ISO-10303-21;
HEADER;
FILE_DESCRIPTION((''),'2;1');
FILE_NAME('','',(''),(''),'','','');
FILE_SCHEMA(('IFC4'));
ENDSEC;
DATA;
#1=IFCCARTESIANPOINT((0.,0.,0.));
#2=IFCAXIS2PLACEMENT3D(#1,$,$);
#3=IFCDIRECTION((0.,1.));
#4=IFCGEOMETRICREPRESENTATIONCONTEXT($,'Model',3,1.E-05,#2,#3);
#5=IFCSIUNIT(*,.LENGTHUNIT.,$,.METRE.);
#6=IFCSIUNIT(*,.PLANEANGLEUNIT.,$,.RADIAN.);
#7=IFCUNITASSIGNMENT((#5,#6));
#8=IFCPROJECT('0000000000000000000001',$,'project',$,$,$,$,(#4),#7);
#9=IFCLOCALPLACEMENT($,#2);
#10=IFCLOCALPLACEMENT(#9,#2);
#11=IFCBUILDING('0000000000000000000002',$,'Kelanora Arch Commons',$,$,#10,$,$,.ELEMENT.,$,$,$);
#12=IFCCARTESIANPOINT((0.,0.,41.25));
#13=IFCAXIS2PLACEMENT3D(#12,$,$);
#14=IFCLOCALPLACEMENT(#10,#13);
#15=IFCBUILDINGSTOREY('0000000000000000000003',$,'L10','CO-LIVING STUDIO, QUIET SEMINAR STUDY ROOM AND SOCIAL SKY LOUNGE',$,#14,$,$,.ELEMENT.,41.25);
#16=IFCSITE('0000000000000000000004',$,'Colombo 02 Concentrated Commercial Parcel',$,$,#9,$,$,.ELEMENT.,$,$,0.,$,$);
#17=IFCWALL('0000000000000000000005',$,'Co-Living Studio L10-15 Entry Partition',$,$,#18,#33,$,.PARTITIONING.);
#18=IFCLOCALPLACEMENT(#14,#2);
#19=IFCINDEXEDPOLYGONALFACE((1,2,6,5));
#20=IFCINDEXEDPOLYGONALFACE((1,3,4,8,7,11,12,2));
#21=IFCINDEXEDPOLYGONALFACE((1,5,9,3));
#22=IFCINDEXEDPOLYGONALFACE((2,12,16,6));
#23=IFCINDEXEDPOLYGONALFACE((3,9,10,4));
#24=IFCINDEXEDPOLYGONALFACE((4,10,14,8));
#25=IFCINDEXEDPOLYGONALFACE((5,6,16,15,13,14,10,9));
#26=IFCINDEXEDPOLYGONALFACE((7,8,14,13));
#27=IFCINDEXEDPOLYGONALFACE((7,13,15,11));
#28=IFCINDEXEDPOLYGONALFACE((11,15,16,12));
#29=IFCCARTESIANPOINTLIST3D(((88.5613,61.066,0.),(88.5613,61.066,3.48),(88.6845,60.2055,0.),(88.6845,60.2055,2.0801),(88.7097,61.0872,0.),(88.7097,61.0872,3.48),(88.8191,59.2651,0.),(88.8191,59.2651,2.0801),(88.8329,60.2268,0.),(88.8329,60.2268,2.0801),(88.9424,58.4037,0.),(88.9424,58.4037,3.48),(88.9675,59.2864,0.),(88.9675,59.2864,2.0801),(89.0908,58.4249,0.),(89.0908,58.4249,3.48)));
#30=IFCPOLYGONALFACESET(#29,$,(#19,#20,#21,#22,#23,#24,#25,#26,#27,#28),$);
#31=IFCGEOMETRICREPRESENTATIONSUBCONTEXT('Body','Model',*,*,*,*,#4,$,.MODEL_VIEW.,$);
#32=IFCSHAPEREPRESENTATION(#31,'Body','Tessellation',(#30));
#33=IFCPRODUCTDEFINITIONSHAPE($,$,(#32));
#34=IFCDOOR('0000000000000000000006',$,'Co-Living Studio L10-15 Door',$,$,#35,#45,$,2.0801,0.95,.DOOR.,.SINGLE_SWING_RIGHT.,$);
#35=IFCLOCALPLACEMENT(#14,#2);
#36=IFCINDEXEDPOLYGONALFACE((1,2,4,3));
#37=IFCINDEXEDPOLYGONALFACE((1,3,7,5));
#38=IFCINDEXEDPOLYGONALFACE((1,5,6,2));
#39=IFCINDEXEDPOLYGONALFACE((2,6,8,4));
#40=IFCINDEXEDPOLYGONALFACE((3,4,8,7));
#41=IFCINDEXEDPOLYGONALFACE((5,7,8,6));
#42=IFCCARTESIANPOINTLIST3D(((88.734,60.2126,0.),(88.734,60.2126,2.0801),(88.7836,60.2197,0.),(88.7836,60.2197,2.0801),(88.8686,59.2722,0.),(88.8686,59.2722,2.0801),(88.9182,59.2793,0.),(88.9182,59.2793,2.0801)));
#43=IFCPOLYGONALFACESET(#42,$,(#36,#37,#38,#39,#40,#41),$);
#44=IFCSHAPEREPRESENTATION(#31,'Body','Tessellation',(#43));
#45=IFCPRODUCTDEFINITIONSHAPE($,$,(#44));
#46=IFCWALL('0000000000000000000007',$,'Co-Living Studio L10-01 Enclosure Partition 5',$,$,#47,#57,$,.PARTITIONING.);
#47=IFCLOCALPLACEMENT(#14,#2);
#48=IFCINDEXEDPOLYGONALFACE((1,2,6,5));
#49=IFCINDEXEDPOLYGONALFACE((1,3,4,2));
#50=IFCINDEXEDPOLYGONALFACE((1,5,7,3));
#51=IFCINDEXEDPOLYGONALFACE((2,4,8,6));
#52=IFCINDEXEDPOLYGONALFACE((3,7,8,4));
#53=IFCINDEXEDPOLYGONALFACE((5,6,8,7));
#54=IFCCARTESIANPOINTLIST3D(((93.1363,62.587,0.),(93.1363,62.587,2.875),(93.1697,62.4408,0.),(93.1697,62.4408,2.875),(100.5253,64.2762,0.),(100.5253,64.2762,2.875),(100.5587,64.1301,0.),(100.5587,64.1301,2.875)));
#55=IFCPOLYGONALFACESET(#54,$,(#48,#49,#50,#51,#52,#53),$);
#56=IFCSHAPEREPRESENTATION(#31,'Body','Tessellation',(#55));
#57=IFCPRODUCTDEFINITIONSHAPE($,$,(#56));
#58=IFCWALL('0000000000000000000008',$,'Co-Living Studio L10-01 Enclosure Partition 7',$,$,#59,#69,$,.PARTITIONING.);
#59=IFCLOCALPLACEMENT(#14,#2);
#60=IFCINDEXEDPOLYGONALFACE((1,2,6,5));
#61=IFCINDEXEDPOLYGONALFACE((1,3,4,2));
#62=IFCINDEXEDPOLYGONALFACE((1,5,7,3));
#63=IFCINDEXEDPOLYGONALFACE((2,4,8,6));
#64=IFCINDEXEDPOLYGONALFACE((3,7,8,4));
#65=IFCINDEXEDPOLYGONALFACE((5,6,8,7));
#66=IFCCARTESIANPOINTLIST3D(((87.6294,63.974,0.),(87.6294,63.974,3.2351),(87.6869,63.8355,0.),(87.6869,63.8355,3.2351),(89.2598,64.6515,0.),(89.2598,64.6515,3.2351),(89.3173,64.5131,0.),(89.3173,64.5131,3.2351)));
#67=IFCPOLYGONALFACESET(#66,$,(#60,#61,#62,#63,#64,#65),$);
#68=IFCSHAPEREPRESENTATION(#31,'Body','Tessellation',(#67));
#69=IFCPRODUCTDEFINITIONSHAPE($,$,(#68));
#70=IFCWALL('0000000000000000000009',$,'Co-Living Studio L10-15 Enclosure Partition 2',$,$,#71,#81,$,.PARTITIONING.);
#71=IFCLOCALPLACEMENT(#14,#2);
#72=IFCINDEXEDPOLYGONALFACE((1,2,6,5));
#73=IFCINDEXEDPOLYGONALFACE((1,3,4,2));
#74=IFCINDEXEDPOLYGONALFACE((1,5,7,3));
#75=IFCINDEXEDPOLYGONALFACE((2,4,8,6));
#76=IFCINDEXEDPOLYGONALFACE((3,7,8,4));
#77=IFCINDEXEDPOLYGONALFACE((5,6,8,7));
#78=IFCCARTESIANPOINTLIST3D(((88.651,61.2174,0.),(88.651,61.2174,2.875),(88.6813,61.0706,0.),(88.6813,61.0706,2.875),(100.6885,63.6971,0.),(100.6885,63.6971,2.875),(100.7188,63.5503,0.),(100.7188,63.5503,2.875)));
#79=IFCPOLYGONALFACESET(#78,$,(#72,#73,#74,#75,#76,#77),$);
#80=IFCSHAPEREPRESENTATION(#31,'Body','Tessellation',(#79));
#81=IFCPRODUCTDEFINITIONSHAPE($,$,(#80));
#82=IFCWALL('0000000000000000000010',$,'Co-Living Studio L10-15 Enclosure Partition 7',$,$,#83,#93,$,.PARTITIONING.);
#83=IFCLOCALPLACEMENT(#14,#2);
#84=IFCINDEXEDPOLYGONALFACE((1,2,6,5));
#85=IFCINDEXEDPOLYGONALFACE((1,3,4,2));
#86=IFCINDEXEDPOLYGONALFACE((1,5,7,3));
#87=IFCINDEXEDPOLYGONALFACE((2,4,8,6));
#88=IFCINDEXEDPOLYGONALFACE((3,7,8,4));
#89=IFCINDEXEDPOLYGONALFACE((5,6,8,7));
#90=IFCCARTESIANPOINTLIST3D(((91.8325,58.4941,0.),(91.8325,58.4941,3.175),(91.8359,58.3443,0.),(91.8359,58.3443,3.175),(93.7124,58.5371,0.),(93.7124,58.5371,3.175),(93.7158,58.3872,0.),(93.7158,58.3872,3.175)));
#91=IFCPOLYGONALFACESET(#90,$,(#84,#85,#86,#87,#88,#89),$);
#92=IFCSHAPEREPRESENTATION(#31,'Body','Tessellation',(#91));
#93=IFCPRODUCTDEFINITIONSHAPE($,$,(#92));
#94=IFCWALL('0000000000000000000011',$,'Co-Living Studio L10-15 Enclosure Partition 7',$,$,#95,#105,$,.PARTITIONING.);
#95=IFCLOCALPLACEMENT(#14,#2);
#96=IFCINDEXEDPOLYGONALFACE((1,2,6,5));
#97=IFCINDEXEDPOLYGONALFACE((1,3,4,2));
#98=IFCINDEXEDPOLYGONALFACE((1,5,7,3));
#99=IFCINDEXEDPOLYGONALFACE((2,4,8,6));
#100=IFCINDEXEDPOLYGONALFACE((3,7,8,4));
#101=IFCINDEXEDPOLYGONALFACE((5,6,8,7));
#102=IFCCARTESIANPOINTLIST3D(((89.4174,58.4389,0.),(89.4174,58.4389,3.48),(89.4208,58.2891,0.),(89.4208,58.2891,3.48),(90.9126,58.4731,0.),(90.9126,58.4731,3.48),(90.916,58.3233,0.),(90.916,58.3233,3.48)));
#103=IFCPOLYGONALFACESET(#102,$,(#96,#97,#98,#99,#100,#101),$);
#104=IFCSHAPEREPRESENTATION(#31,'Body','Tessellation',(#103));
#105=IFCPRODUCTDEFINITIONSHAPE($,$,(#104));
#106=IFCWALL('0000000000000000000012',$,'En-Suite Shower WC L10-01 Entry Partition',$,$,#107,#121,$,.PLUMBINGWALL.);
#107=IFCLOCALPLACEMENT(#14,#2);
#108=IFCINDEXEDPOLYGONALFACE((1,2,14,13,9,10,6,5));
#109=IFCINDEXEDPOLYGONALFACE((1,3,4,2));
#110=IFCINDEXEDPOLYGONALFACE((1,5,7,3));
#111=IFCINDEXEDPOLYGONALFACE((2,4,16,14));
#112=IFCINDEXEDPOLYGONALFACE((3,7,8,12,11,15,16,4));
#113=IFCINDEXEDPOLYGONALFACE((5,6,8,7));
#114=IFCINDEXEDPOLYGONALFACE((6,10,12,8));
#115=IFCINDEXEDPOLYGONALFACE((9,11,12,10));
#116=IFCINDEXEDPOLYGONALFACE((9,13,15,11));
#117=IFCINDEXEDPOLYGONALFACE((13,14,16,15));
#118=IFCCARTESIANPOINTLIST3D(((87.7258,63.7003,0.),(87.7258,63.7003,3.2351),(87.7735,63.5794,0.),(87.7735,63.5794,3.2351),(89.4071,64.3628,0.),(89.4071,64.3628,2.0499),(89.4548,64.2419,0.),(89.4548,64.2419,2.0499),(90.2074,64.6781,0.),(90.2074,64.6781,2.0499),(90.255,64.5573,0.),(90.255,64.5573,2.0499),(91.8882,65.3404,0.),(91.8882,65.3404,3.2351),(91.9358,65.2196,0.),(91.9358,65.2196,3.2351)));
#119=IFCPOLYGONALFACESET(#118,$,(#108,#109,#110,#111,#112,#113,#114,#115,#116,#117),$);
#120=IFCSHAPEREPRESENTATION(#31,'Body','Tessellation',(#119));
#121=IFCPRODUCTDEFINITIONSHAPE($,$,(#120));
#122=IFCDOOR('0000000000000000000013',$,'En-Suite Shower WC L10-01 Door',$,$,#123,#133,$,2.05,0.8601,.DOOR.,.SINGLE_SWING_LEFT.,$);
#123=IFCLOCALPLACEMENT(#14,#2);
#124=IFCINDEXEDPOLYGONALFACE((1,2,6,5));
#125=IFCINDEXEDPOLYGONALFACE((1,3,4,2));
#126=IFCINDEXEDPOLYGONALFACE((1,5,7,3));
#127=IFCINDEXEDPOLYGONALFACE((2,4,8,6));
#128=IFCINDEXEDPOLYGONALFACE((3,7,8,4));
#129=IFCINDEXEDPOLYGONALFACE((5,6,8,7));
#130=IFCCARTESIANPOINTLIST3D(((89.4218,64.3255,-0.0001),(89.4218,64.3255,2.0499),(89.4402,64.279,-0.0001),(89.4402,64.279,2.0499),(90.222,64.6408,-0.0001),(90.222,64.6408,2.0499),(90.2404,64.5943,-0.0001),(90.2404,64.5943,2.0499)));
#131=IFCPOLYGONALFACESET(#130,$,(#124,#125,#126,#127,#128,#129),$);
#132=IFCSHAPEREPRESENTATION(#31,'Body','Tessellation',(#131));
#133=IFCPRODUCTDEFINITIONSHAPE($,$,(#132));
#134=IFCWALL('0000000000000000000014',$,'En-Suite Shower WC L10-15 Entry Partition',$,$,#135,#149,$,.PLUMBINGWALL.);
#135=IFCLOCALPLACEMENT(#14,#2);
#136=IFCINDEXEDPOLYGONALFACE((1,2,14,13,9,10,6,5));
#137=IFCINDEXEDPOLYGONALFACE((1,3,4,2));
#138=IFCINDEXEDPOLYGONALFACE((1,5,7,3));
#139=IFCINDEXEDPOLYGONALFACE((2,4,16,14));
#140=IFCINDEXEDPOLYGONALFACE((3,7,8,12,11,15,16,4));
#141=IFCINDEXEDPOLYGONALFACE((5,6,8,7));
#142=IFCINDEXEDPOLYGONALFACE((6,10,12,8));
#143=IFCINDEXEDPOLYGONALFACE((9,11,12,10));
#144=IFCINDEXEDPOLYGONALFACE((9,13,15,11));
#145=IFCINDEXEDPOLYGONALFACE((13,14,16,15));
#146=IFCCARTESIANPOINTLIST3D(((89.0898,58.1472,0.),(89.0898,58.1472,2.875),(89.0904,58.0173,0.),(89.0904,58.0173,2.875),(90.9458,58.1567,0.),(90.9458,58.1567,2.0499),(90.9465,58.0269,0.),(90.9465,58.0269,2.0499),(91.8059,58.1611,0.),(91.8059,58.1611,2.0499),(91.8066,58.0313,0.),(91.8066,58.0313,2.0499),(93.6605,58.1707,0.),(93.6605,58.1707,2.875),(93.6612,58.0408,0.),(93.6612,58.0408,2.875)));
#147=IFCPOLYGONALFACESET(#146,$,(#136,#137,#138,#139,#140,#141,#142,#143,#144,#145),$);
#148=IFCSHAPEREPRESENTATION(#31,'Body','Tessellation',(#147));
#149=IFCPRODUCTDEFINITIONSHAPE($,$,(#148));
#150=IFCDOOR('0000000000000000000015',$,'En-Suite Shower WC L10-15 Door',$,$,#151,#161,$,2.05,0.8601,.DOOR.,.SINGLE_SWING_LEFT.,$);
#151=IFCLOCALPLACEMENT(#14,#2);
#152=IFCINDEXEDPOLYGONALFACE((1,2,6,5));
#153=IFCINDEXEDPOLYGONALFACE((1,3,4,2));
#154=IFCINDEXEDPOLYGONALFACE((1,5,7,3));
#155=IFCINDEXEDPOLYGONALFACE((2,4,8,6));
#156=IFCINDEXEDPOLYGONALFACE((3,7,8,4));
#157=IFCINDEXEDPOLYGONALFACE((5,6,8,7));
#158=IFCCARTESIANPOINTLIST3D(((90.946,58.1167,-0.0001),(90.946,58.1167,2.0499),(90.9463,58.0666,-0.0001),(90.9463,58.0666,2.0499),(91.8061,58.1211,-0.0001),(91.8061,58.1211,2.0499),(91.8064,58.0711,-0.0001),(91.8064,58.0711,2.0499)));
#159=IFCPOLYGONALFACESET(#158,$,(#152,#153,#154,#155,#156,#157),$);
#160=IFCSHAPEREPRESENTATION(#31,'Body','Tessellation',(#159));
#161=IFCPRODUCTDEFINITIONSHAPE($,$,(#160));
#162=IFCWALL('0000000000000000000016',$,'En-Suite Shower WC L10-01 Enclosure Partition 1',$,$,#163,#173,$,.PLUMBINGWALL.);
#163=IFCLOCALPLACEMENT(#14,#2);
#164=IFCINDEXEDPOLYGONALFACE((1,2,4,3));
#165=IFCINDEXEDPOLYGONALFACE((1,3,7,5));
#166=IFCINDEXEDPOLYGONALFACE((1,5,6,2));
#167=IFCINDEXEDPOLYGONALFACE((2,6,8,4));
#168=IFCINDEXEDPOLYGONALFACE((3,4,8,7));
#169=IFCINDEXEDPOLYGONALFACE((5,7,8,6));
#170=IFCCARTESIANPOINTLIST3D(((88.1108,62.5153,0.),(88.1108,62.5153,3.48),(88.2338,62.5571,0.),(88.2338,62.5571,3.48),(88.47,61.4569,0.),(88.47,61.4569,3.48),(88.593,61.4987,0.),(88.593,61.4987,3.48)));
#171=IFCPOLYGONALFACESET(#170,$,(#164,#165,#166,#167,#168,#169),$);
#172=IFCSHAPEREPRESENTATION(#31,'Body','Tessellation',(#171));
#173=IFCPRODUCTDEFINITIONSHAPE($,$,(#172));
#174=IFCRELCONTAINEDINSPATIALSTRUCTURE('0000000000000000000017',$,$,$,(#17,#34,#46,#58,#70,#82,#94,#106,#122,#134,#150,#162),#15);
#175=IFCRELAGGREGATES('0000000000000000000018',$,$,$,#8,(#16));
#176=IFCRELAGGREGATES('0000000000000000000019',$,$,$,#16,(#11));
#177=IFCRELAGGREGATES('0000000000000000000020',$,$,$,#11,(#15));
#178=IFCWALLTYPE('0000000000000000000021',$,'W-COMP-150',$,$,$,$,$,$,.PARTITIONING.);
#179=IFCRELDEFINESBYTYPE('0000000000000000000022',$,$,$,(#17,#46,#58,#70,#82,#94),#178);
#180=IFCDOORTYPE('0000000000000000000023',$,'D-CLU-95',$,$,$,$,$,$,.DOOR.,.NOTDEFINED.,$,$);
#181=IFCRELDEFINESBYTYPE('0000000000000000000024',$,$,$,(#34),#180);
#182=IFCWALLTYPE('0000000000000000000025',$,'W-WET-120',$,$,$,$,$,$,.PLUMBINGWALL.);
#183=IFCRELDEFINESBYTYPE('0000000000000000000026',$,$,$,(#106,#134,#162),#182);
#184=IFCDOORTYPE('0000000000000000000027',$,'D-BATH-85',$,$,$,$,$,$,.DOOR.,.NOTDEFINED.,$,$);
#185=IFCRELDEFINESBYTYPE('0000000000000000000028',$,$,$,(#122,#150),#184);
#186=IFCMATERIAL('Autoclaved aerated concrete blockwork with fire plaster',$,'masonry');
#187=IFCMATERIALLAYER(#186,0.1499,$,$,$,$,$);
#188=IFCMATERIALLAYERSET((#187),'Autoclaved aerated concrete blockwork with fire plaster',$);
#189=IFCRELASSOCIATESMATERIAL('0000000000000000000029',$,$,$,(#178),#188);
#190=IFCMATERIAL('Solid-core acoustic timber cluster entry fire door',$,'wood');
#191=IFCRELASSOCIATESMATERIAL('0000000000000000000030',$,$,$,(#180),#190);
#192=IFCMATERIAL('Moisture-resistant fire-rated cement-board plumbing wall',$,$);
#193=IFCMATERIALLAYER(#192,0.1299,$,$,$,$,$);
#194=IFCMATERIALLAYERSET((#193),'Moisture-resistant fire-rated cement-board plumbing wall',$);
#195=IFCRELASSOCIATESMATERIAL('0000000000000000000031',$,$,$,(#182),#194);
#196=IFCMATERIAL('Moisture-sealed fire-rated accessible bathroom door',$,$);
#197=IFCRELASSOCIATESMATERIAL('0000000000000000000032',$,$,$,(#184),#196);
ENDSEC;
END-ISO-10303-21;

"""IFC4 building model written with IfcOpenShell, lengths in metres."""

from ifc_helpers import new_model, si_unit, direction, frame, frame_2d, origin, place, context, subcontext, project, spatial, rectangle, extrude, material, layer, layer_set, type_object, element, fill, save


model = new_model("IFC4")

# Units and contexts
model_context = context("Model", 3, precision=1e-05, world=origin(), true_north=direction((0.0, 1.0)))
body_context = subcontext(model_context, "Body", "Model", "MODEL_VIEW")
ifc_project = project(units=[si_unit("LENGTHUNIT", "METRE"), si_unit("PLANEANGLEUNIT", "RADIAN")], contexts=[model_context])

# Site, building, storey
site_placement = place(None, origin())
site = spatial("IfcSite", under=ifc_project, at=site_placement, Name="Colombo 02 Concentrated Commercial Parcel", CompositionType="ELEMENT", RefElevation=0.0)
building_placement = place(site_placement, origin())
building = spatial("IfcBuilding", under=site, at=building_placement, Name="Kelanora Arch Commons", CompositionType="ELEMENT")
storey_placement = place(building_placement, frame((0.0, 0.0, 41.25)))
storey = spatial("IfcBuildingStorey", under=building, at=storey_placement, Name="L10", Description="CO-LIVING STUDIO, QUIET SEMINAR STUDY ROOM AND SOCIAL SKY LOUNGE", CompositionType="ELEMENT", Elevation=41.25)

# Wall, opening, door
ifc_material_1 = material(Name="Autoclaved aerated concrete blockwork with fire plaster", Category="masonry")
ifc_layer_1 = layer(ifc_material_1, 0.1499)
ifc_layer_set_1 = layer_set([ifc_layer_1], Name="Autoclaved aerated concrete blockwork with fire plaster")
wall_type_1 = type_object("IfcWallType", Name="W-COMP-150", PredefinedType="PARTITIONING", material=ifc_layer_set_1)
wall_1_placement = place(storey_placement, frame((89.0166, 58.4143, 0.0), z_axis=(0.0, 0.0, 1.0), x_axis=(-0.141701, 0.98991, 0.0)))
wall_1 = element("IfcWall", 1, at=wall_1_placement, inside=storey, type_object=wall_type_1, Name="Co-Living Studio L10-15 Entry Partition", PredefinedType="PARTITIONING", context=body_context, shape_type="SweptSolid", body=[
    extrude(rectangle(XDim=2.6895, YDim=0.1499, at=frame_2d((1.3447, 0.0))), origin(), (0.0, 0.0, 1.0), 3.48),
])
opening_1_placement = place(wall_1_placement, frame((0.8701, 0.0, 0.0)))
opening_1 = element("IfcOpeningElement", 2, at=opening_1_placement, cuts=wall_1, PredefinedType="OPENING", context=body_context, shape_type="SweptSolid", body=[
    extrude(rectangle(XDim=0.95, YDim=2.0801, at=frame_2d((0.4751, 1.04))), frame((0.0, 0.085, 0.0), z_axis=(0.0, -1.0, 0.0), x_axis=(1.0, 0.0, 0.0)), (0.0, 0.0, 1.0), 0.1699),
])
ifc_material_2 = material(Name="Solid-core acoustic timber cluster entry fire door", Category="wood")
door_type_1 = type_object("IfcDoorType", Name="D-CLU-95", OperationType="NOTDEFINED", PredefinedType="DOOR", material=ifc_material_2)
door_1_placement = place(opening_1_placement, origin())
door_1 = element("IfcDoor", 3, at=door_1_placement, inside=storey, type_object=door_type_1, Name="Co-Living Studio L10-15 Door", OperationType="SINGLE_SWING_RIGHT", OverallHeight=2.0801, OverallWidth=0.95, PredefinedType="DOOR", context=body_context, shape_type="SweptSolid", body=[
    extrude(rectangle(XDim=0.95, YDim=2.0801, at=frame_2d((0.4751, 1.04))), frame((0.0, 0.0249, 0.0), z_axis=(0.0, -1.0, 0.0), x_axis=(1.0, 0.0, 0.0)), (0.0, 0.0, 1.0), 0.05),
])
fill(opening_1, door_1)

# Walls
wall_2_placement = place(storey_placement, frame((100.542, 64.2031, 0.0), z_axis=(0.0, 0.0, 1.0), x_axis=(-0.97485, -0.222864, 0.0)))
element("IfcWall", 4, at=wall_2_placement, inside=storey, type_object=wall_type_1, Name="Co-Living Studio L10-01 Enclosure Partition 5", PredefinedType="PARTITIONING", context=body_context, shape_type="SweptSolid", body=[
    extrude(rectangle(XDim=7.5796, YDim=0.1499, at=frame_2d((3.7898, 0.0))), origin(), (0.0, 0.0, 1.0), 2.875),
])
wall_3_placement = place(storey_placement, frame((89.2886, 64.5823, 0.0), z_axis=(0.0, 0.0, 1.0), x_axis=(-0.923445, -0.383732, 0.0)))
element("IfcWall", 5, at=wall_3_placement, inside=storey, type_object=wall_type_1, Name="Co-Living Studio L10-01 Enclosure Partition 7", PredefinedType="PARTITIONING", context=body_context, shape_type="SweptSolid", body=[
    extrude(rectangle(XDim=1.7656, YDim=0.1499, at=frame_2d((0.8828, 0.0))), origin(), (0.0, 0.0, 1.0), 3.2351),
])
wall_4_placement = place(storey_placement, frame((88.6663, 61.144, 0.0), z_axis=(0.0, 0.0, 1.0), x_axis=(0.979434, 0.201763, 0.0)))
element("IfcWall", 6, at=wall_4_placement, inside=storey, type_object=wall_type_1, Name="Co-Living Studio L10-15 Enclosure Partition 2", PredefinedType="PARTITIONING", context=body_context, shape_type="SweptSolid", body=[
    extrude(rectangle(XDim=12.2903, YDim=0.1499, at=frame_2d((6.145, 0.0))), origin(), (0.0, 0.0, 1.0), 2.875),
])
wall_5_placement = place(storey_placement, frame((93.7141, 58.4622, 0.0), z_axis=(0.0, 0.0, 1.0), x_axis=(-0.999739, -0.022851, 0.0)))
element("IfcWall", 7, at=wall_5_placement, inside=storey, type_object=wall_type_1, Name="Co-Living Studio L10-15 Enclosure Partition 7", PredefinedType="PARTITIONING", context=body_context, shape_type="SweptSolid", body=[
    extrude(rectangle(XDim=1.8804, YDim=0.1499, at=frame_2d((0.9402, 0.0))), origin(), (0.0, 0.0, 1.0), 3.175),
])
wall_6_placement = place(storey_placement, frame((90.9143, 58.3982, 0.0), z_axis=(0.0, 0.0, 1.0), x_axis=(-0.999739, -0.022855, 0.0)))
element("IfcWall", 8, at=wall_6_placement, inside=storey, type_object=wall_type_1, Name="Co-Living Studio L10-15 Enclosure Partition 7", PredefinedType="PARTITIONING", context=body_context, shape_type="SweptSolid", body=[
    extrude(rectangle(XDim=1.4956, YDim=0.1499, at=frame_2d((0.7478, 0.0))), origin(), (0.0, 0.0, 1.0), 3.48),
])

# Walls, openings, doors
ifc_material_3 = material(Name="Moisture-resistant fire-rated cement-board plumbing wall")
ifc_layer_2 = layer(ifc_material_3, 0.1299)
ifc_layer_set_2 = layer_set([ifc_layer_2], Name="Moisture-resistant fire-rated cement-board plumbing wall")
wall_type_2 = type_object("IfcWallType", Name="W-WET-120", PredefinedType="PLUMBINGWALL", material=ifc_layer_set_2)
wall_7_placement = place(storey_placement, frame((87.7498, 63.6399, 0.0), z_axis=(0.0, 0.0, 1.0), x_axis=(0.930376, 0.366606, 0.0)))
wall_7 = element("IfcWall", 9, at=wall_7_placement, inside=storey, type_object=wall_type_2, Name="En-Suite Shower WC L10-01 Entry Partition", PredefinedType="PLUMBINGWALL", context=body_context, shape_type="SweptSolid", body=[
    extrude(rectangle(XDim=4.4739, YDim=0.1299, at=frame_2d((2.2368, 0.0))), origin(), (0.0, 0.0, 1.0), 3.2351),
])
opening_2_placement = place(wall_7_placement, frame((1.8069, 0.0, 0.0)))
opening_2 = element("IfcOpeningElement", 10, at=opening_2_placement, cuts=wall_7, PredefinedType="OPENING", context=body_context, shape_type="SweptSolid", body=[
    extrude(rectangle(XDim=0.8601, YDim=2.05, at=frame_2d((0.4302, 1.0249))), frame((0.0, 0.075, 0.0), z_axis=(0.0, -1.0, 0.0), x_axis=(1.0, 0.0, 0.0)), (0.0, 0.0, 1.0), 0.1499),
])
ifc_material_4 = material(Name="Moisture-sealed fire-rated accessible bathroom door")
door_type_2 = type_object("IfcDoorType", Name="D-BATH-85", OperationType="NOTDEFINED", PredefinedType="DOOR", material=ifc_material_4)
door_2_placement = place(opening_2_placement, origin())
door_2 = element("IfcDoor", 11, at=door_2_placement, inside=storey, type_object=door_type_2, Name="En-Suite Shower WC L10-01 Door", OperationType="SINGLE_SWING_LEFT", OverallHeight=2.05, OverallWidth=0.8601, PredefinedType="DOOR", context=body_context, shape_type="SweptSolid", body=[
    extrude(rectangle(XDim=0.8601, YDim=2.05, at=frame_2d((0.4302, 1.0249))), frame((0.0, 0.0249, 0.0), z_axis=(0.0, -1.0, 0.0), x_axis=(1.0, 0.0, 0.0)), (0.0, 0.0, 1.0), 0.05),
])
fill(opening_2, door_2)
wall_8_placement = place(storey_placement, frame((89.0901, 58.0823, 0.0), z_axis=(0.0, 0.0, 1.0), x_axis=(0.999987, 0.005128, 0.0)))
wall_8 = element("IfcWall", 12, at=wall_8_placement, inside=storey, type_object=wall_type_2, Name="En-Suite Shower WC L10-15 Entry Partition", PredefinedType="PLUMBINGWALL", context=body_context, shape_type="SweptSolid", body=[
    extrude(rectangle(XDim=4.5708, YDim=0.1299, at=frame_2d((2.2854, 0.0))), origin(), (0.0, 0.0, 1.0), 2.875),
])
opening_3_placement = place(wall_8_placement, frame((1.856, 0.0, 0.0)))
opening_3 = element("IfcOpeningElement", 13, at=opening_3_placement, cuts=wall_8, PredefinedType="OPENING", context=body_context, shape_type="SweptSolid", body=[
    extrude(rectangle(XDim=0.8601, YDim=2.05, at=frame_2d((0.4302, 1.0249))), frame((0.0, 0.075, 0.0), z_axis=(0.0, -1.0, 0.0), x_axis=(1.0, 0.0, 0.0)), (0.0, 0.0, 1.0), 0.1499),
])
door_3_placement = place(opening_3_placement, origin())
door_3 = element("IfcDoor", 14, at=door_3_placement, inside=storey, type_object=door_type_2, Name="En-Suite Shower WC L10-15 Door", OperationType="SINGLE_SWING_LEFT", OverallHeight=2.05, OverallWidth=0.8601, PredefinedType="DOOR", context=body_context, shape_type="SweptSolid", body=[
    extrude(rectangle(XDim=0.8601, YDim=2.05, at=frame_2d((0.4302, 1.0249))), frame((0.0, 0.0249, 0.0), z_axis=(0.0, -1.0, 0.0), x_axis=(1.0, 0.0, 0.0)), (0.0, 0.0, 1.0), 0.05),
])
fill(opening_3, door_3)

# Wall
wall_9_placement = place(storey_placement, frame((88.5315, 61.4778, 0.0), z_axis=(0.0, 0.0, 1.0), x_axis=(-0.321335, 0.946966, 0.0)))
element("IfcWall", 15, at=wall_9_placement, inside=storey, type_object=wall_type_2, Name="En-Suite Shower WC L10-01 Enclosure Partition 1", PredefinedType="PLUMBINGWALL", context=body_context, shape_type="SweptSolid", body=[
    extrude(rectangle(XDim=1.1177, YDim=0.1299, at=frame_2d((0.5588, 0.0))), origin(), (0.0, 0.0, 1.0), 3.48),
])

save(model, "model.ifc")
